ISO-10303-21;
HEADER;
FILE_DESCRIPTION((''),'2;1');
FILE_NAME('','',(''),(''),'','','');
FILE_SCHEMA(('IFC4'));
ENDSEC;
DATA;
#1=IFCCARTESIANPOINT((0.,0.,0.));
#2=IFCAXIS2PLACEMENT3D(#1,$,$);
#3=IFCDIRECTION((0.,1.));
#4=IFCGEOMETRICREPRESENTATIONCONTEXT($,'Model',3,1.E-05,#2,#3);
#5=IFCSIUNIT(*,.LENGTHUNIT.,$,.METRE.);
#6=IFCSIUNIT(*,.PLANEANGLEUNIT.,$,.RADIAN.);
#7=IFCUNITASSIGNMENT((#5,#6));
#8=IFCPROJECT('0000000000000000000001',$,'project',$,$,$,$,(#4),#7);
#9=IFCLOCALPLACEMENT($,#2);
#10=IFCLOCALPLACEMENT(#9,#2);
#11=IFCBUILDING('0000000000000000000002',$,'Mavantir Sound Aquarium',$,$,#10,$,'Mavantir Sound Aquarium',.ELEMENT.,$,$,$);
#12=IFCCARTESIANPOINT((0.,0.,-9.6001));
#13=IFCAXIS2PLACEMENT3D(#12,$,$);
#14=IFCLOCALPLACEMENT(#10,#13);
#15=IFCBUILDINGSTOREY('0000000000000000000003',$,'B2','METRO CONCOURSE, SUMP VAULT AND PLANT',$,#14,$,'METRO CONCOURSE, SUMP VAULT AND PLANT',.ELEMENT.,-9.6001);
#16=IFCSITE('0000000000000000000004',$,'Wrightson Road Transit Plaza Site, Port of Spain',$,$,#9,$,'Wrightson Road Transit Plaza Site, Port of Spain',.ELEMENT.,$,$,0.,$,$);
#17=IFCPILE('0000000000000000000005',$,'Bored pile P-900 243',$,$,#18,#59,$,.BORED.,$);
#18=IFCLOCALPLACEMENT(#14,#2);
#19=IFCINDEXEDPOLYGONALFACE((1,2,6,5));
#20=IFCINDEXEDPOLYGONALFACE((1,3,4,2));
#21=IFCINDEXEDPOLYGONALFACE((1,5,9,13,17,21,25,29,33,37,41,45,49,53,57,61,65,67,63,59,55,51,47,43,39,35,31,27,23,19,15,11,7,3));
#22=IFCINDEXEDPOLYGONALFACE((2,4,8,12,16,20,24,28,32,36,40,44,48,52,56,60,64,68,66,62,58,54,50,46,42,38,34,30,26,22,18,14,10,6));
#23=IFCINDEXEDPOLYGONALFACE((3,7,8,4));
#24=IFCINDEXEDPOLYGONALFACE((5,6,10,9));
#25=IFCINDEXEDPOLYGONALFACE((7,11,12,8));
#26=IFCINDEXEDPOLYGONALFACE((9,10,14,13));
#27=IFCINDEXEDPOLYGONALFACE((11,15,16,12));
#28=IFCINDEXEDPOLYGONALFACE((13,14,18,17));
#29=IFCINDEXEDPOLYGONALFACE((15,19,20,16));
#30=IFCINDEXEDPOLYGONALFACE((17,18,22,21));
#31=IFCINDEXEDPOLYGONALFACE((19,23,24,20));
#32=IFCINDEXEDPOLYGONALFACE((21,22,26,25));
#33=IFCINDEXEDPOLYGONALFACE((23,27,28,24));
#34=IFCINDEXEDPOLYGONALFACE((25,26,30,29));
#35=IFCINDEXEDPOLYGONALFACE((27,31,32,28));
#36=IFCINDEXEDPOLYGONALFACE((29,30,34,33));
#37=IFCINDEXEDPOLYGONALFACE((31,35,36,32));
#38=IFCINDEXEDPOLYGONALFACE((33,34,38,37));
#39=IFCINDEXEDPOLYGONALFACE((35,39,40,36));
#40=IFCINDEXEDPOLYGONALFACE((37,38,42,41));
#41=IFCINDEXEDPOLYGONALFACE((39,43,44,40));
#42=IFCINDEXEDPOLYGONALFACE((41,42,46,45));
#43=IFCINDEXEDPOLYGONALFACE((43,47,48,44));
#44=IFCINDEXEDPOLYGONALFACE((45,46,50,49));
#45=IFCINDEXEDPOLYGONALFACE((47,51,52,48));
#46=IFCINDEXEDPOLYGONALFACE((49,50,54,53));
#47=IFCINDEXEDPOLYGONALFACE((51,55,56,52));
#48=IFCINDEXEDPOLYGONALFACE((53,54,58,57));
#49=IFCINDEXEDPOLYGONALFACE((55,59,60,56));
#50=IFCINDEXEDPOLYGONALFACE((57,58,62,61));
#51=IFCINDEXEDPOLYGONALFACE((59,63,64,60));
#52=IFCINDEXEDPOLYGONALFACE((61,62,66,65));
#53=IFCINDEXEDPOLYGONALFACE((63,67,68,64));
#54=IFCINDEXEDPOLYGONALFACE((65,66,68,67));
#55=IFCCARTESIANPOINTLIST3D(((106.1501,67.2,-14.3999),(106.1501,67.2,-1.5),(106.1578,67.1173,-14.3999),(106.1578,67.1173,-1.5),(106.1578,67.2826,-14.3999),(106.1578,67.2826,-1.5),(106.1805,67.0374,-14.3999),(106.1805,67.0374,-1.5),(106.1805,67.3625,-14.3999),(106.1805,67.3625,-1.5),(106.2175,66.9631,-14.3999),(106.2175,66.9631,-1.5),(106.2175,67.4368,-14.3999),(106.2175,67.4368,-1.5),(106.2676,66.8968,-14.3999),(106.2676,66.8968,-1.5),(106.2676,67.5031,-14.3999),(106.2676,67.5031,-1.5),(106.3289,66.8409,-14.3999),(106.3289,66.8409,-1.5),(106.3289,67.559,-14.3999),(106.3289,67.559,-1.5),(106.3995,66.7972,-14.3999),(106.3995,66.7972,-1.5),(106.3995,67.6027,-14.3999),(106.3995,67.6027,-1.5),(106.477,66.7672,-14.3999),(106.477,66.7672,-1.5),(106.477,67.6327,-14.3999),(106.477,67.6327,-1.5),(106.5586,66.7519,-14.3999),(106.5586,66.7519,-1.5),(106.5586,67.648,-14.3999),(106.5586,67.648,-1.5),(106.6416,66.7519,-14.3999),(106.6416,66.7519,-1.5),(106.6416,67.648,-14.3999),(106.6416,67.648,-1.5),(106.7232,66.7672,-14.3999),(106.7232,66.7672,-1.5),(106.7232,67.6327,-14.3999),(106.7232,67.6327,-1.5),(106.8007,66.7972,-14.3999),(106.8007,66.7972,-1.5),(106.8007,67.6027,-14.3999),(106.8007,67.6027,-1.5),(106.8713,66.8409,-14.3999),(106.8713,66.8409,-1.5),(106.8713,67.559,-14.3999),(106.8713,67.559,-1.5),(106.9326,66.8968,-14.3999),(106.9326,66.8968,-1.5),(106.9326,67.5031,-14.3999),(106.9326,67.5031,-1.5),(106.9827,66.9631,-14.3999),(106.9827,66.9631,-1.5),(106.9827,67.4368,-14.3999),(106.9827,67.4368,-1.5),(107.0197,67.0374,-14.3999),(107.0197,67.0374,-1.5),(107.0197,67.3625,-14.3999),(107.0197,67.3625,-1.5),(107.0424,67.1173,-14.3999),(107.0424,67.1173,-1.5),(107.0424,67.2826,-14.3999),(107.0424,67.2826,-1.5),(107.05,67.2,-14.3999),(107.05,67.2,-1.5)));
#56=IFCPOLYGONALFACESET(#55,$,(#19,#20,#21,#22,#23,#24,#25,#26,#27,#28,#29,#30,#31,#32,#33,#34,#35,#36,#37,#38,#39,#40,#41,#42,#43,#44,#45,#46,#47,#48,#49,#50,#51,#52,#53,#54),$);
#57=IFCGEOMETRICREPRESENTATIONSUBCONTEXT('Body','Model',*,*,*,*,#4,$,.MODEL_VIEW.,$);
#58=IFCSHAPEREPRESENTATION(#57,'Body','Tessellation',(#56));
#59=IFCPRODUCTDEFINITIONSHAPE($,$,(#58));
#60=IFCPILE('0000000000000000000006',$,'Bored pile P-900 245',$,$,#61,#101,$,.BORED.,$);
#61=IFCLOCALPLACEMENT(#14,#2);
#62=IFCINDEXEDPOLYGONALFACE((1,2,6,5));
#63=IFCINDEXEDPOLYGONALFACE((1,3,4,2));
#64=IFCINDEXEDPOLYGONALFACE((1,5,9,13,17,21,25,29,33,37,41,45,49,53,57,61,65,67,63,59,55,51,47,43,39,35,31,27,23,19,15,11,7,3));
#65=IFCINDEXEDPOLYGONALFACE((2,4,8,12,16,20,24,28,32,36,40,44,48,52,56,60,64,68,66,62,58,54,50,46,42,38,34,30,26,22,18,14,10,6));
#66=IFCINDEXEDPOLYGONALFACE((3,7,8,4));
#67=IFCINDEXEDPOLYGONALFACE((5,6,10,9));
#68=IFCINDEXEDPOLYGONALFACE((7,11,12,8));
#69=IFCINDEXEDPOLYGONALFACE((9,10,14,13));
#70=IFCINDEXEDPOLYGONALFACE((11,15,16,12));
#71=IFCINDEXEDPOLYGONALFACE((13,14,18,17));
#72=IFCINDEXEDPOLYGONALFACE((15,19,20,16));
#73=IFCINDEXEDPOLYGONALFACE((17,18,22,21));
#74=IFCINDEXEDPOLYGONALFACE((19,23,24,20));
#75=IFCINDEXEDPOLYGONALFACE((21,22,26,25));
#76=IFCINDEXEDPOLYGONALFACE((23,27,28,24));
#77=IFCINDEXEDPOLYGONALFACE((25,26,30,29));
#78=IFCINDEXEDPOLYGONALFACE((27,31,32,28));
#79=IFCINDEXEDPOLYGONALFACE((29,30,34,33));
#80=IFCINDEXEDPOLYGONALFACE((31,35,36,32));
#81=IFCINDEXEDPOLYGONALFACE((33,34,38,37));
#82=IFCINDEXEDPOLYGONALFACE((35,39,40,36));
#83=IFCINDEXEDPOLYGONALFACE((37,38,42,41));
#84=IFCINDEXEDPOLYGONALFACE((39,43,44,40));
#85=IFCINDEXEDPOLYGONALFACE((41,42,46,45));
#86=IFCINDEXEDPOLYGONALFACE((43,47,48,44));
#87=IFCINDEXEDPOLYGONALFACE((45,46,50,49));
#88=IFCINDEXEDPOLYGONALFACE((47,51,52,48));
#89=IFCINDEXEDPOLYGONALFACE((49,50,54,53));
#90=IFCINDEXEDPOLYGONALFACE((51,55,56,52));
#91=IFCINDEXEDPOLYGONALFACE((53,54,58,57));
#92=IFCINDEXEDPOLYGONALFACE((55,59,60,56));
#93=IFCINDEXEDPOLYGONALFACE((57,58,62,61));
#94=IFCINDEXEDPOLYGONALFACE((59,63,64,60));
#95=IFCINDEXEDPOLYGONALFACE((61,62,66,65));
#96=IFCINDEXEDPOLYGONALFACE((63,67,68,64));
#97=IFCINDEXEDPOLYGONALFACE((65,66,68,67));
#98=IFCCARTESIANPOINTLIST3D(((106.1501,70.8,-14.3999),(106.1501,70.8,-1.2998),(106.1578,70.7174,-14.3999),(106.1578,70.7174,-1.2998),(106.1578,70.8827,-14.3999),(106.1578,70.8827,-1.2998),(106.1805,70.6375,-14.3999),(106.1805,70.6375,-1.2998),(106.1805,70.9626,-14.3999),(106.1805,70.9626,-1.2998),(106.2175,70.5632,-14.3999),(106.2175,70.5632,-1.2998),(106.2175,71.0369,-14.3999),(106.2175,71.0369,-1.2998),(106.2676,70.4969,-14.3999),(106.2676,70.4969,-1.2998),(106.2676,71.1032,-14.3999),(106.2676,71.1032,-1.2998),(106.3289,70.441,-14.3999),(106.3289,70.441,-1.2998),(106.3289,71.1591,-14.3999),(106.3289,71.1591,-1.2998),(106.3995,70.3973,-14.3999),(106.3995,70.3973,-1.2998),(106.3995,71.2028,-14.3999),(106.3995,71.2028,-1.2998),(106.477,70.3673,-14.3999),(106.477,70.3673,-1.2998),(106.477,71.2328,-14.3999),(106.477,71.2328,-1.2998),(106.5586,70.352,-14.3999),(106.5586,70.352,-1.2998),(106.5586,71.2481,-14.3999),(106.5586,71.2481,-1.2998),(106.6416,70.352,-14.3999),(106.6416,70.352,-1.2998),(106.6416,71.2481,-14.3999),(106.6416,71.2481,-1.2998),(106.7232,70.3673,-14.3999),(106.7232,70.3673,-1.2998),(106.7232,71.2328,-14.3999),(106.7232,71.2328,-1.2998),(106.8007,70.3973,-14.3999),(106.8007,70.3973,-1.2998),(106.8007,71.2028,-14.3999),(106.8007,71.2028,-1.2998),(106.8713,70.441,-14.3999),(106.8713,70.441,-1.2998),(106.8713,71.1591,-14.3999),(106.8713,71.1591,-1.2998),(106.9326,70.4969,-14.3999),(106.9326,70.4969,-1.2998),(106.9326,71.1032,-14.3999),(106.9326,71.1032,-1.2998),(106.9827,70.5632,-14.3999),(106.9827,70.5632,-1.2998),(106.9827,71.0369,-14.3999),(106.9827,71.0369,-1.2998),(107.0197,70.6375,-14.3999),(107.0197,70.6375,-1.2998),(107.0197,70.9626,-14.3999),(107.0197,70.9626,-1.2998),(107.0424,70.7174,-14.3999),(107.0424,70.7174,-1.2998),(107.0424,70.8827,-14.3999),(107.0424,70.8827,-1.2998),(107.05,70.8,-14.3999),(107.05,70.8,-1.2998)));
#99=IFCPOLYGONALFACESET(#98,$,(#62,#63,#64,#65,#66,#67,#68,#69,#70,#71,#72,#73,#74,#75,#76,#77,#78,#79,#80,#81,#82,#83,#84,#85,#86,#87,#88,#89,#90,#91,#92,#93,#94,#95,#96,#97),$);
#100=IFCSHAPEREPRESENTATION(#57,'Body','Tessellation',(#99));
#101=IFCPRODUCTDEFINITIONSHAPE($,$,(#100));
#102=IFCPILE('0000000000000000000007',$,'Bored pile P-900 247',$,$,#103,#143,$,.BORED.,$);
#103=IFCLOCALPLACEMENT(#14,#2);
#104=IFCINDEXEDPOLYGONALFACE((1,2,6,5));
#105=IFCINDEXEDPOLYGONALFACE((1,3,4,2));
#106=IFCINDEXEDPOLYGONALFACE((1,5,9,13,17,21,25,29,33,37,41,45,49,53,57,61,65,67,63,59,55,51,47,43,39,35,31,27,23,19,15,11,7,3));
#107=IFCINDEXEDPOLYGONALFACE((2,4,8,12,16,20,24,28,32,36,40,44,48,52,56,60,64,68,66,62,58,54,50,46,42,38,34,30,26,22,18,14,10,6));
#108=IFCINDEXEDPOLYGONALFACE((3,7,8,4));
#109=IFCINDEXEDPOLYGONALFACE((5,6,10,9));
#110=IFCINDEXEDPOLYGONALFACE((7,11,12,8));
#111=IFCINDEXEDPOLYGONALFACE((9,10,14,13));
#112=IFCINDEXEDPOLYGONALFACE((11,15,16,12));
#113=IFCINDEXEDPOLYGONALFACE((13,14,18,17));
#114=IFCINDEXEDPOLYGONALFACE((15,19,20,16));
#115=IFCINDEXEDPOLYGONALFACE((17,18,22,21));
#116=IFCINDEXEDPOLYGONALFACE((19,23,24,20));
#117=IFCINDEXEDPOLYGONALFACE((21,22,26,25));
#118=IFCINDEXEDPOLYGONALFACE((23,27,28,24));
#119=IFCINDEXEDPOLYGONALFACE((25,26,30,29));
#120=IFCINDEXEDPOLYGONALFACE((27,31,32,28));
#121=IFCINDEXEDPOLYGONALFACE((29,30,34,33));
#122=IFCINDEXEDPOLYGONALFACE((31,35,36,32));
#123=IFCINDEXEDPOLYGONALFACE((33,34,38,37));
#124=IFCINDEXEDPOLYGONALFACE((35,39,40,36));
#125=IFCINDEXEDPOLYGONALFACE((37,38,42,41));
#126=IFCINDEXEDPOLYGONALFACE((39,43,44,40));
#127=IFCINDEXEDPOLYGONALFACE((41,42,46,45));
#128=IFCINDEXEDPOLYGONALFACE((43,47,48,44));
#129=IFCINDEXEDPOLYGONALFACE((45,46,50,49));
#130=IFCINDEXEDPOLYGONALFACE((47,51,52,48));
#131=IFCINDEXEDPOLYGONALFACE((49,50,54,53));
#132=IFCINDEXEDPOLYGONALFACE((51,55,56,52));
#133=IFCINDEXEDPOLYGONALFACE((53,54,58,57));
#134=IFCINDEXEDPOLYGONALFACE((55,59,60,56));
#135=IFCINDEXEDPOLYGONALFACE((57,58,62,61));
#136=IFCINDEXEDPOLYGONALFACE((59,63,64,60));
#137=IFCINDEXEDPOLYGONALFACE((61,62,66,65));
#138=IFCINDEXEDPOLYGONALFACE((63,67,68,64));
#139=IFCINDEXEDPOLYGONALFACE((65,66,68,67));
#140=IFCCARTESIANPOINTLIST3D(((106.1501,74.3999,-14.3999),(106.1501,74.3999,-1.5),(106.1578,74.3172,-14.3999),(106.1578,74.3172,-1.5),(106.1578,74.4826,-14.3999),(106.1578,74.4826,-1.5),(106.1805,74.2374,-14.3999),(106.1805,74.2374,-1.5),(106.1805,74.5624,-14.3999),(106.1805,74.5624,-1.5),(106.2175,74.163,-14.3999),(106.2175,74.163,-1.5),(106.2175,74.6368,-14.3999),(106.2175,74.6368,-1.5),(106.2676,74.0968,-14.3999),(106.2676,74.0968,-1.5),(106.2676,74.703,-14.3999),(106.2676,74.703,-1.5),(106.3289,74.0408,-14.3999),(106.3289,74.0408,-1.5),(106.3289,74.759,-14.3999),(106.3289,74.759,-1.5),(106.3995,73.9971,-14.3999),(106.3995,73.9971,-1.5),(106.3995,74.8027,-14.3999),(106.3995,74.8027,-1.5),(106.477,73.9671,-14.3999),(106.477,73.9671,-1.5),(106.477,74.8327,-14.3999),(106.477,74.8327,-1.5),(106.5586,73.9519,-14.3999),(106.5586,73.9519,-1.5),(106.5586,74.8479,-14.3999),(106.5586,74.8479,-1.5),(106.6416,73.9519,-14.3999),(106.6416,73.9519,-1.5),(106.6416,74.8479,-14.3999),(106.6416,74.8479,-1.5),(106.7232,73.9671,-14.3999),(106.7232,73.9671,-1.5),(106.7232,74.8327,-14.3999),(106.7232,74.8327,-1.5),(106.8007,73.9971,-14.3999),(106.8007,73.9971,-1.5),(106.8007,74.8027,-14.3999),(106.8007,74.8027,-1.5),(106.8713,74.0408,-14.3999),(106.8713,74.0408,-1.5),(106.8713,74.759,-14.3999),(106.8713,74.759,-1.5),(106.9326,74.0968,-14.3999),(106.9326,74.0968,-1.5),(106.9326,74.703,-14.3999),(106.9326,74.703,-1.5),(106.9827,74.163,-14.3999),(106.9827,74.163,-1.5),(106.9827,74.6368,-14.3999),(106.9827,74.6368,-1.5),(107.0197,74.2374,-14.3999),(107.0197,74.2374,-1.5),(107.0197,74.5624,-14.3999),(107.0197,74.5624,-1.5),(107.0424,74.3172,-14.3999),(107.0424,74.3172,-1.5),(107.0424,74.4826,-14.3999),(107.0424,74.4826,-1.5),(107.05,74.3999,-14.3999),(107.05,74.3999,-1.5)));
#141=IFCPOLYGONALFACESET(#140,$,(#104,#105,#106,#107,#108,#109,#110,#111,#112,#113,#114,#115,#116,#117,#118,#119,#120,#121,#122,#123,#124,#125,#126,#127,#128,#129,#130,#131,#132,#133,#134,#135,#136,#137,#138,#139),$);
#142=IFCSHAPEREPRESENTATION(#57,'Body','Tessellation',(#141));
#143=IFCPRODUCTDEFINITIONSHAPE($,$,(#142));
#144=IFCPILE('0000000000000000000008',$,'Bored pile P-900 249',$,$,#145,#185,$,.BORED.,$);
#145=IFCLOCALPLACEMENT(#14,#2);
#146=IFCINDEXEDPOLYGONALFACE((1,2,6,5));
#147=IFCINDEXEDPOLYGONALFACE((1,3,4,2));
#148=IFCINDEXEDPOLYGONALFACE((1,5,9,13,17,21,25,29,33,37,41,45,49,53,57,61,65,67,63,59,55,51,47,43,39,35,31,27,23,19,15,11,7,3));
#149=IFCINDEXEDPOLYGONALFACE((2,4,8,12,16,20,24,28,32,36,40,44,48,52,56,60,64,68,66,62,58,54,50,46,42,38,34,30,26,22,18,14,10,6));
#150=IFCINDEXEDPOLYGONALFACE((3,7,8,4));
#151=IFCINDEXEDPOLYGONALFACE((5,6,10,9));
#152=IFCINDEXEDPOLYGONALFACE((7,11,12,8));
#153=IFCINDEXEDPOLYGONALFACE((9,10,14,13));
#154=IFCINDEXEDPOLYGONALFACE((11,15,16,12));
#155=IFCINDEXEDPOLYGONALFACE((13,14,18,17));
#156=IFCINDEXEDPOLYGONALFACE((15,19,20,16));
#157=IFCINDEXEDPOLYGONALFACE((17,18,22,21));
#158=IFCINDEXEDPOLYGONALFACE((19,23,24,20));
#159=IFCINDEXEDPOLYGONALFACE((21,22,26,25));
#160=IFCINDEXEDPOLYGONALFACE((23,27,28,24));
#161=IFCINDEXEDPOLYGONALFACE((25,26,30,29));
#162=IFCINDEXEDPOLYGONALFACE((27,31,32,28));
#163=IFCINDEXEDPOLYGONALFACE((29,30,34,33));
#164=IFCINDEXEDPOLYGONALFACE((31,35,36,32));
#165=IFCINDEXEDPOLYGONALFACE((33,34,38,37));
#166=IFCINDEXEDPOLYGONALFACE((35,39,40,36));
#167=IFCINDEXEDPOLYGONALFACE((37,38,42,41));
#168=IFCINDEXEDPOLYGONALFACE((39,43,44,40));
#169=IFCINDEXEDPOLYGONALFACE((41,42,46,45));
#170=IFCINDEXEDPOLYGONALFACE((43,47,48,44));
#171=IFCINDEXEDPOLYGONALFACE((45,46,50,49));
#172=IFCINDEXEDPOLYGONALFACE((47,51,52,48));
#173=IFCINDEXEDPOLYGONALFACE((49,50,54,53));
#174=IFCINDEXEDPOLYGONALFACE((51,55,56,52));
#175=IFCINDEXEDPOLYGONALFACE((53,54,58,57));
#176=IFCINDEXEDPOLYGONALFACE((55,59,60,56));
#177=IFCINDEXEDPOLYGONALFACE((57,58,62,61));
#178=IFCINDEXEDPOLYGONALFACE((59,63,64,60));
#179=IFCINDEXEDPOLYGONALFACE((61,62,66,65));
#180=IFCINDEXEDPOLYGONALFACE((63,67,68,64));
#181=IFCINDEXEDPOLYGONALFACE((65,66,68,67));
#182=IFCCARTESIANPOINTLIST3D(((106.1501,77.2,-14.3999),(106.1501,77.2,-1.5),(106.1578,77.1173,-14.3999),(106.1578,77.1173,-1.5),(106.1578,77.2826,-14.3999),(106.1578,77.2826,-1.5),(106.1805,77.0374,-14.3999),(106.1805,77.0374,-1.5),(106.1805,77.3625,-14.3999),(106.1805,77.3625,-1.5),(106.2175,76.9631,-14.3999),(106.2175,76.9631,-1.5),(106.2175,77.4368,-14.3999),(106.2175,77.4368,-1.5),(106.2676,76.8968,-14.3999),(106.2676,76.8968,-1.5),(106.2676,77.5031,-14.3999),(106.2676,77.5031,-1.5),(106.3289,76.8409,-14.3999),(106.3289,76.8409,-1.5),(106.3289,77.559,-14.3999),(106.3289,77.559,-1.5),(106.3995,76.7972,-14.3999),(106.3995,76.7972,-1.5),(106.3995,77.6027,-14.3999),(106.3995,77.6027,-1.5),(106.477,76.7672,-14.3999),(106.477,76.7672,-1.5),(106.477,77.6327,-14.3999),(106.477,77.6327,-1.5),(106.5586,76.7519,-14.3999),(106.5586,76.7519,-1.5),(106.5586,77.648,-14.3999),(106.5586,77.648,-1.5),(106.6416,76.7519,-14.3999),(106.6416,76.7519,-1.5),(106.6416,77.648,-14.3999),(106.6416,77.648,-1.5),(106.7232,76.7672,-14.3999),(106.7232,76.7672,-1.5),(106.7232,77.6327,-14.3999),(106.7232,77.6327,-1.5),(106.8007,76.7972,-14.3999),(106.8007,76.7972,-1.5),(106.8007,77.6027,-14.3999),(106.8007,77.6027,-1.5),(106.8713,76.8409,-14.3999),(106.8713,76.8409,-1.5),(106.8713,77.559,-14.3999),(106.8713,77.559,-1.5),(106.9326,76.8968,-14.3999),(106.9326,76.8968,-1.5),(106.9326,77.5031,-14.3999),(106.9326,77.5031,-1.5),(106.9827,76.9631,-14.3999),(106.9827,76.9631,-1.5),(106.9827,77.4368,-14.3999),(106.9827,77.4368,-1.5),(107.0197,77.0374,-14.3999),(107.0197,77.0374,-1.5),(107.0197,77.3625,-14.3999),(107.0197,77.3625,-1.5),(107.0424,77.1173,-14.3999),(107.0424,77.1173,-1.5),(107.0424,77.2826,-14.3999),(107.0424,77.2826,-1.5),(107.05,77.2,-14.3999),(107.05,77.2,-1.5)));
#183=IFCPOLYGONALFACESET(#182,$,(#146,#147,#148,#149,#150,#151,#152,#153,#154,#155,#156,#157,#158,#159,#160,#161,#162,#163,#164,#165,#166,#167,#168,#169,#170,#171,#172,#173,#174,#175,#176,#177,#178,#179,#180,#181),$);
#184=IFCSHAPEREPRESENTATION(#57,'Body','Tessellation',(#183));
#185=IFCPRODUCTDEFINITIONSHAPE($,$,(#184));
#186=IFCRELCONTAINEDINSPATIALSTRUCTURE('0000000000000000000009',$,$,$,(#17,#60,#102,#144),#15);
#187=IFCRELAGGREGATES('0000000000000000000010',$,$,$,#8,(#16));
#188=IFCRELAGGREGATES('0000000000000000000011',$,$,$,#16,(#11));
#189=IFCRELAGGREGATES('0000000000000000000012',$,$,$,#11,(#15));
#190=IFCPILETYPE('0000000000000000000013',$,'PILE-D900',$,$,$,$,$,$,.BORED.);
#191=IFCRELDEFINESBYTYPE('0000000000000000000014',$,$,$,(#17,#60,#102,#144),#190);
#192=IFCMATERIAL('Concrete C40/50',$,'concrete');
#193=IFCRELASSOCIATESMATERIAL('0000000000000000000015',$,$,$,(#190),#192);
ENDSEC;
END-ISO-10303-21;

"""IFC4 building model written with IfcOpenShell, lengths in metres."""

from ifc_helpers import new_model, si_unit, direction, frame, origin, origin_2d, place, context, subcontext, project, spatial, circle, extrude, material, material_profile, profile_set, type_object, element, save


model = new_model("IFC4")

# Units and contexts
model_context = context("Model", 3, precision=1e-05, world=origin(), true_north=direction((0.0, 1.0)))
body_context = subcontext(model_context, "Body", "Model", "MODEL_VIEW")
ifc_project = project(units=[si_unit("LENGTHUNIT", "METRE"), si_unit("PLANEANGLEUNIT", "RADIAN")], contexts=[model_context])

# Site, building, storey
site_placement = place(None, origin())
site = spatial("IfcSite", under=ifc_project, at=site_placement, Name="Wrightson Road Transit Plaza Site, Port of Spain", LongName="Wrightson Road Transit Plaza Site, Port of Spain", CompositionType="ELEMENT", RefElevation=0.0)
building_placement = place(site_placement, origin())
building = spatial("IfcBuilding", under=site, at=building_placement, Name="Mavantir Sound Aquarium", LongName="Mavantir Sound Aquarium", CompositionType="ELEMENT")
storey_placement = place(building_placement, frame((0.0, 0.0, -9.6001)))
storey = spatial("IfcBuildingStorey", under=building, at=storey_placement, Name="B2", Description="METRO CONCOURSE, SUMP VAULT AND PLANT", LongName="METRO CONCOURSE, SUMP VAULT AND PLANT", CompositionType="ELEMENT", Elevation=-9.6001)

# Shared definitions
ifc_material_1 = material(Name="Concrete C40/50", Category="concrete")

# Piles
ifc_material_profile_1 = material_profile(ifc_material_1, circle(Radius=0.45, at=origin_2d()), Name="PILE D900")
ifc_profile_set_1 = profile_set([ifc_material_profile_1], Name="Concrete C40/50")
pile_type = type_object("IfcPileType", Name="PILE-D900", PredefinedType="BORED", material=ifc_profile_set_1)
pile_1_placement = place(storey_placement, frame((106.6001, 67.2, -1.5), z_axis=(0.0, 0.0, -1.0), x_axis=(1.0, 0.0, 0.0)))
element("IfcPile", 1, at=pile_1_placement, inside=storey, type_object=pile_type, Name="Bored pile P-900 243", PredefinedType="BORED", context=body_context, shape_type="SweptSolid", body=[
    extrude(circle(Radius=0.45, at=origin_2d()), origin(), (0.0, 0.0, 1.0), 12.8999),
])
pile_2_placement = place(storey_placement, frame((106.6001, 70.8, -1.2998), z_axis=(0.0, 0.0, -1.0), x_axis=(1.0, 0.0, 0.0)))
element("IfcPile", 2, at=pile_2_placement, inside=storey, type_object=pile_type, Name="Bored pile P-900 245", PredefinedType="BORED", context=body_context, shape_type="SweptSolid", body=[
    extrude(circle(Radius=0.45, at=origin_2d()), origin(), (0.0, 0.0, 1.0), 13.1001),
])
for number, where, z_axis, x_axis, name in (
    (3, (106.6001, 74.3999, -1.5), (0.0, 0.0, -1.0), (1.0, 0.0, 0.0), "Bored pile P-900 247"),
    (4, (106.6001, 77.2, -1.5), (0.0, 0.0, -1.0), (1.0, 0.0, 0.0), "Bored pile P-900 249"),
):
    element("IfcPile", number, at=place(storey_placement, frame(where, z_axis=z_axis, x_axis=x_axis)), inside=storey, type_object=pile_type, Name=name, PredefinedType="BORED", context=body_context, shape_type="SweptSolid", body=[
        extrude(circle(Radius=0.45, at=origin_2d()), origin(), (0.0, 0.0, 1.0), 12.8999),
    ])

save(model, "model.ifc")
